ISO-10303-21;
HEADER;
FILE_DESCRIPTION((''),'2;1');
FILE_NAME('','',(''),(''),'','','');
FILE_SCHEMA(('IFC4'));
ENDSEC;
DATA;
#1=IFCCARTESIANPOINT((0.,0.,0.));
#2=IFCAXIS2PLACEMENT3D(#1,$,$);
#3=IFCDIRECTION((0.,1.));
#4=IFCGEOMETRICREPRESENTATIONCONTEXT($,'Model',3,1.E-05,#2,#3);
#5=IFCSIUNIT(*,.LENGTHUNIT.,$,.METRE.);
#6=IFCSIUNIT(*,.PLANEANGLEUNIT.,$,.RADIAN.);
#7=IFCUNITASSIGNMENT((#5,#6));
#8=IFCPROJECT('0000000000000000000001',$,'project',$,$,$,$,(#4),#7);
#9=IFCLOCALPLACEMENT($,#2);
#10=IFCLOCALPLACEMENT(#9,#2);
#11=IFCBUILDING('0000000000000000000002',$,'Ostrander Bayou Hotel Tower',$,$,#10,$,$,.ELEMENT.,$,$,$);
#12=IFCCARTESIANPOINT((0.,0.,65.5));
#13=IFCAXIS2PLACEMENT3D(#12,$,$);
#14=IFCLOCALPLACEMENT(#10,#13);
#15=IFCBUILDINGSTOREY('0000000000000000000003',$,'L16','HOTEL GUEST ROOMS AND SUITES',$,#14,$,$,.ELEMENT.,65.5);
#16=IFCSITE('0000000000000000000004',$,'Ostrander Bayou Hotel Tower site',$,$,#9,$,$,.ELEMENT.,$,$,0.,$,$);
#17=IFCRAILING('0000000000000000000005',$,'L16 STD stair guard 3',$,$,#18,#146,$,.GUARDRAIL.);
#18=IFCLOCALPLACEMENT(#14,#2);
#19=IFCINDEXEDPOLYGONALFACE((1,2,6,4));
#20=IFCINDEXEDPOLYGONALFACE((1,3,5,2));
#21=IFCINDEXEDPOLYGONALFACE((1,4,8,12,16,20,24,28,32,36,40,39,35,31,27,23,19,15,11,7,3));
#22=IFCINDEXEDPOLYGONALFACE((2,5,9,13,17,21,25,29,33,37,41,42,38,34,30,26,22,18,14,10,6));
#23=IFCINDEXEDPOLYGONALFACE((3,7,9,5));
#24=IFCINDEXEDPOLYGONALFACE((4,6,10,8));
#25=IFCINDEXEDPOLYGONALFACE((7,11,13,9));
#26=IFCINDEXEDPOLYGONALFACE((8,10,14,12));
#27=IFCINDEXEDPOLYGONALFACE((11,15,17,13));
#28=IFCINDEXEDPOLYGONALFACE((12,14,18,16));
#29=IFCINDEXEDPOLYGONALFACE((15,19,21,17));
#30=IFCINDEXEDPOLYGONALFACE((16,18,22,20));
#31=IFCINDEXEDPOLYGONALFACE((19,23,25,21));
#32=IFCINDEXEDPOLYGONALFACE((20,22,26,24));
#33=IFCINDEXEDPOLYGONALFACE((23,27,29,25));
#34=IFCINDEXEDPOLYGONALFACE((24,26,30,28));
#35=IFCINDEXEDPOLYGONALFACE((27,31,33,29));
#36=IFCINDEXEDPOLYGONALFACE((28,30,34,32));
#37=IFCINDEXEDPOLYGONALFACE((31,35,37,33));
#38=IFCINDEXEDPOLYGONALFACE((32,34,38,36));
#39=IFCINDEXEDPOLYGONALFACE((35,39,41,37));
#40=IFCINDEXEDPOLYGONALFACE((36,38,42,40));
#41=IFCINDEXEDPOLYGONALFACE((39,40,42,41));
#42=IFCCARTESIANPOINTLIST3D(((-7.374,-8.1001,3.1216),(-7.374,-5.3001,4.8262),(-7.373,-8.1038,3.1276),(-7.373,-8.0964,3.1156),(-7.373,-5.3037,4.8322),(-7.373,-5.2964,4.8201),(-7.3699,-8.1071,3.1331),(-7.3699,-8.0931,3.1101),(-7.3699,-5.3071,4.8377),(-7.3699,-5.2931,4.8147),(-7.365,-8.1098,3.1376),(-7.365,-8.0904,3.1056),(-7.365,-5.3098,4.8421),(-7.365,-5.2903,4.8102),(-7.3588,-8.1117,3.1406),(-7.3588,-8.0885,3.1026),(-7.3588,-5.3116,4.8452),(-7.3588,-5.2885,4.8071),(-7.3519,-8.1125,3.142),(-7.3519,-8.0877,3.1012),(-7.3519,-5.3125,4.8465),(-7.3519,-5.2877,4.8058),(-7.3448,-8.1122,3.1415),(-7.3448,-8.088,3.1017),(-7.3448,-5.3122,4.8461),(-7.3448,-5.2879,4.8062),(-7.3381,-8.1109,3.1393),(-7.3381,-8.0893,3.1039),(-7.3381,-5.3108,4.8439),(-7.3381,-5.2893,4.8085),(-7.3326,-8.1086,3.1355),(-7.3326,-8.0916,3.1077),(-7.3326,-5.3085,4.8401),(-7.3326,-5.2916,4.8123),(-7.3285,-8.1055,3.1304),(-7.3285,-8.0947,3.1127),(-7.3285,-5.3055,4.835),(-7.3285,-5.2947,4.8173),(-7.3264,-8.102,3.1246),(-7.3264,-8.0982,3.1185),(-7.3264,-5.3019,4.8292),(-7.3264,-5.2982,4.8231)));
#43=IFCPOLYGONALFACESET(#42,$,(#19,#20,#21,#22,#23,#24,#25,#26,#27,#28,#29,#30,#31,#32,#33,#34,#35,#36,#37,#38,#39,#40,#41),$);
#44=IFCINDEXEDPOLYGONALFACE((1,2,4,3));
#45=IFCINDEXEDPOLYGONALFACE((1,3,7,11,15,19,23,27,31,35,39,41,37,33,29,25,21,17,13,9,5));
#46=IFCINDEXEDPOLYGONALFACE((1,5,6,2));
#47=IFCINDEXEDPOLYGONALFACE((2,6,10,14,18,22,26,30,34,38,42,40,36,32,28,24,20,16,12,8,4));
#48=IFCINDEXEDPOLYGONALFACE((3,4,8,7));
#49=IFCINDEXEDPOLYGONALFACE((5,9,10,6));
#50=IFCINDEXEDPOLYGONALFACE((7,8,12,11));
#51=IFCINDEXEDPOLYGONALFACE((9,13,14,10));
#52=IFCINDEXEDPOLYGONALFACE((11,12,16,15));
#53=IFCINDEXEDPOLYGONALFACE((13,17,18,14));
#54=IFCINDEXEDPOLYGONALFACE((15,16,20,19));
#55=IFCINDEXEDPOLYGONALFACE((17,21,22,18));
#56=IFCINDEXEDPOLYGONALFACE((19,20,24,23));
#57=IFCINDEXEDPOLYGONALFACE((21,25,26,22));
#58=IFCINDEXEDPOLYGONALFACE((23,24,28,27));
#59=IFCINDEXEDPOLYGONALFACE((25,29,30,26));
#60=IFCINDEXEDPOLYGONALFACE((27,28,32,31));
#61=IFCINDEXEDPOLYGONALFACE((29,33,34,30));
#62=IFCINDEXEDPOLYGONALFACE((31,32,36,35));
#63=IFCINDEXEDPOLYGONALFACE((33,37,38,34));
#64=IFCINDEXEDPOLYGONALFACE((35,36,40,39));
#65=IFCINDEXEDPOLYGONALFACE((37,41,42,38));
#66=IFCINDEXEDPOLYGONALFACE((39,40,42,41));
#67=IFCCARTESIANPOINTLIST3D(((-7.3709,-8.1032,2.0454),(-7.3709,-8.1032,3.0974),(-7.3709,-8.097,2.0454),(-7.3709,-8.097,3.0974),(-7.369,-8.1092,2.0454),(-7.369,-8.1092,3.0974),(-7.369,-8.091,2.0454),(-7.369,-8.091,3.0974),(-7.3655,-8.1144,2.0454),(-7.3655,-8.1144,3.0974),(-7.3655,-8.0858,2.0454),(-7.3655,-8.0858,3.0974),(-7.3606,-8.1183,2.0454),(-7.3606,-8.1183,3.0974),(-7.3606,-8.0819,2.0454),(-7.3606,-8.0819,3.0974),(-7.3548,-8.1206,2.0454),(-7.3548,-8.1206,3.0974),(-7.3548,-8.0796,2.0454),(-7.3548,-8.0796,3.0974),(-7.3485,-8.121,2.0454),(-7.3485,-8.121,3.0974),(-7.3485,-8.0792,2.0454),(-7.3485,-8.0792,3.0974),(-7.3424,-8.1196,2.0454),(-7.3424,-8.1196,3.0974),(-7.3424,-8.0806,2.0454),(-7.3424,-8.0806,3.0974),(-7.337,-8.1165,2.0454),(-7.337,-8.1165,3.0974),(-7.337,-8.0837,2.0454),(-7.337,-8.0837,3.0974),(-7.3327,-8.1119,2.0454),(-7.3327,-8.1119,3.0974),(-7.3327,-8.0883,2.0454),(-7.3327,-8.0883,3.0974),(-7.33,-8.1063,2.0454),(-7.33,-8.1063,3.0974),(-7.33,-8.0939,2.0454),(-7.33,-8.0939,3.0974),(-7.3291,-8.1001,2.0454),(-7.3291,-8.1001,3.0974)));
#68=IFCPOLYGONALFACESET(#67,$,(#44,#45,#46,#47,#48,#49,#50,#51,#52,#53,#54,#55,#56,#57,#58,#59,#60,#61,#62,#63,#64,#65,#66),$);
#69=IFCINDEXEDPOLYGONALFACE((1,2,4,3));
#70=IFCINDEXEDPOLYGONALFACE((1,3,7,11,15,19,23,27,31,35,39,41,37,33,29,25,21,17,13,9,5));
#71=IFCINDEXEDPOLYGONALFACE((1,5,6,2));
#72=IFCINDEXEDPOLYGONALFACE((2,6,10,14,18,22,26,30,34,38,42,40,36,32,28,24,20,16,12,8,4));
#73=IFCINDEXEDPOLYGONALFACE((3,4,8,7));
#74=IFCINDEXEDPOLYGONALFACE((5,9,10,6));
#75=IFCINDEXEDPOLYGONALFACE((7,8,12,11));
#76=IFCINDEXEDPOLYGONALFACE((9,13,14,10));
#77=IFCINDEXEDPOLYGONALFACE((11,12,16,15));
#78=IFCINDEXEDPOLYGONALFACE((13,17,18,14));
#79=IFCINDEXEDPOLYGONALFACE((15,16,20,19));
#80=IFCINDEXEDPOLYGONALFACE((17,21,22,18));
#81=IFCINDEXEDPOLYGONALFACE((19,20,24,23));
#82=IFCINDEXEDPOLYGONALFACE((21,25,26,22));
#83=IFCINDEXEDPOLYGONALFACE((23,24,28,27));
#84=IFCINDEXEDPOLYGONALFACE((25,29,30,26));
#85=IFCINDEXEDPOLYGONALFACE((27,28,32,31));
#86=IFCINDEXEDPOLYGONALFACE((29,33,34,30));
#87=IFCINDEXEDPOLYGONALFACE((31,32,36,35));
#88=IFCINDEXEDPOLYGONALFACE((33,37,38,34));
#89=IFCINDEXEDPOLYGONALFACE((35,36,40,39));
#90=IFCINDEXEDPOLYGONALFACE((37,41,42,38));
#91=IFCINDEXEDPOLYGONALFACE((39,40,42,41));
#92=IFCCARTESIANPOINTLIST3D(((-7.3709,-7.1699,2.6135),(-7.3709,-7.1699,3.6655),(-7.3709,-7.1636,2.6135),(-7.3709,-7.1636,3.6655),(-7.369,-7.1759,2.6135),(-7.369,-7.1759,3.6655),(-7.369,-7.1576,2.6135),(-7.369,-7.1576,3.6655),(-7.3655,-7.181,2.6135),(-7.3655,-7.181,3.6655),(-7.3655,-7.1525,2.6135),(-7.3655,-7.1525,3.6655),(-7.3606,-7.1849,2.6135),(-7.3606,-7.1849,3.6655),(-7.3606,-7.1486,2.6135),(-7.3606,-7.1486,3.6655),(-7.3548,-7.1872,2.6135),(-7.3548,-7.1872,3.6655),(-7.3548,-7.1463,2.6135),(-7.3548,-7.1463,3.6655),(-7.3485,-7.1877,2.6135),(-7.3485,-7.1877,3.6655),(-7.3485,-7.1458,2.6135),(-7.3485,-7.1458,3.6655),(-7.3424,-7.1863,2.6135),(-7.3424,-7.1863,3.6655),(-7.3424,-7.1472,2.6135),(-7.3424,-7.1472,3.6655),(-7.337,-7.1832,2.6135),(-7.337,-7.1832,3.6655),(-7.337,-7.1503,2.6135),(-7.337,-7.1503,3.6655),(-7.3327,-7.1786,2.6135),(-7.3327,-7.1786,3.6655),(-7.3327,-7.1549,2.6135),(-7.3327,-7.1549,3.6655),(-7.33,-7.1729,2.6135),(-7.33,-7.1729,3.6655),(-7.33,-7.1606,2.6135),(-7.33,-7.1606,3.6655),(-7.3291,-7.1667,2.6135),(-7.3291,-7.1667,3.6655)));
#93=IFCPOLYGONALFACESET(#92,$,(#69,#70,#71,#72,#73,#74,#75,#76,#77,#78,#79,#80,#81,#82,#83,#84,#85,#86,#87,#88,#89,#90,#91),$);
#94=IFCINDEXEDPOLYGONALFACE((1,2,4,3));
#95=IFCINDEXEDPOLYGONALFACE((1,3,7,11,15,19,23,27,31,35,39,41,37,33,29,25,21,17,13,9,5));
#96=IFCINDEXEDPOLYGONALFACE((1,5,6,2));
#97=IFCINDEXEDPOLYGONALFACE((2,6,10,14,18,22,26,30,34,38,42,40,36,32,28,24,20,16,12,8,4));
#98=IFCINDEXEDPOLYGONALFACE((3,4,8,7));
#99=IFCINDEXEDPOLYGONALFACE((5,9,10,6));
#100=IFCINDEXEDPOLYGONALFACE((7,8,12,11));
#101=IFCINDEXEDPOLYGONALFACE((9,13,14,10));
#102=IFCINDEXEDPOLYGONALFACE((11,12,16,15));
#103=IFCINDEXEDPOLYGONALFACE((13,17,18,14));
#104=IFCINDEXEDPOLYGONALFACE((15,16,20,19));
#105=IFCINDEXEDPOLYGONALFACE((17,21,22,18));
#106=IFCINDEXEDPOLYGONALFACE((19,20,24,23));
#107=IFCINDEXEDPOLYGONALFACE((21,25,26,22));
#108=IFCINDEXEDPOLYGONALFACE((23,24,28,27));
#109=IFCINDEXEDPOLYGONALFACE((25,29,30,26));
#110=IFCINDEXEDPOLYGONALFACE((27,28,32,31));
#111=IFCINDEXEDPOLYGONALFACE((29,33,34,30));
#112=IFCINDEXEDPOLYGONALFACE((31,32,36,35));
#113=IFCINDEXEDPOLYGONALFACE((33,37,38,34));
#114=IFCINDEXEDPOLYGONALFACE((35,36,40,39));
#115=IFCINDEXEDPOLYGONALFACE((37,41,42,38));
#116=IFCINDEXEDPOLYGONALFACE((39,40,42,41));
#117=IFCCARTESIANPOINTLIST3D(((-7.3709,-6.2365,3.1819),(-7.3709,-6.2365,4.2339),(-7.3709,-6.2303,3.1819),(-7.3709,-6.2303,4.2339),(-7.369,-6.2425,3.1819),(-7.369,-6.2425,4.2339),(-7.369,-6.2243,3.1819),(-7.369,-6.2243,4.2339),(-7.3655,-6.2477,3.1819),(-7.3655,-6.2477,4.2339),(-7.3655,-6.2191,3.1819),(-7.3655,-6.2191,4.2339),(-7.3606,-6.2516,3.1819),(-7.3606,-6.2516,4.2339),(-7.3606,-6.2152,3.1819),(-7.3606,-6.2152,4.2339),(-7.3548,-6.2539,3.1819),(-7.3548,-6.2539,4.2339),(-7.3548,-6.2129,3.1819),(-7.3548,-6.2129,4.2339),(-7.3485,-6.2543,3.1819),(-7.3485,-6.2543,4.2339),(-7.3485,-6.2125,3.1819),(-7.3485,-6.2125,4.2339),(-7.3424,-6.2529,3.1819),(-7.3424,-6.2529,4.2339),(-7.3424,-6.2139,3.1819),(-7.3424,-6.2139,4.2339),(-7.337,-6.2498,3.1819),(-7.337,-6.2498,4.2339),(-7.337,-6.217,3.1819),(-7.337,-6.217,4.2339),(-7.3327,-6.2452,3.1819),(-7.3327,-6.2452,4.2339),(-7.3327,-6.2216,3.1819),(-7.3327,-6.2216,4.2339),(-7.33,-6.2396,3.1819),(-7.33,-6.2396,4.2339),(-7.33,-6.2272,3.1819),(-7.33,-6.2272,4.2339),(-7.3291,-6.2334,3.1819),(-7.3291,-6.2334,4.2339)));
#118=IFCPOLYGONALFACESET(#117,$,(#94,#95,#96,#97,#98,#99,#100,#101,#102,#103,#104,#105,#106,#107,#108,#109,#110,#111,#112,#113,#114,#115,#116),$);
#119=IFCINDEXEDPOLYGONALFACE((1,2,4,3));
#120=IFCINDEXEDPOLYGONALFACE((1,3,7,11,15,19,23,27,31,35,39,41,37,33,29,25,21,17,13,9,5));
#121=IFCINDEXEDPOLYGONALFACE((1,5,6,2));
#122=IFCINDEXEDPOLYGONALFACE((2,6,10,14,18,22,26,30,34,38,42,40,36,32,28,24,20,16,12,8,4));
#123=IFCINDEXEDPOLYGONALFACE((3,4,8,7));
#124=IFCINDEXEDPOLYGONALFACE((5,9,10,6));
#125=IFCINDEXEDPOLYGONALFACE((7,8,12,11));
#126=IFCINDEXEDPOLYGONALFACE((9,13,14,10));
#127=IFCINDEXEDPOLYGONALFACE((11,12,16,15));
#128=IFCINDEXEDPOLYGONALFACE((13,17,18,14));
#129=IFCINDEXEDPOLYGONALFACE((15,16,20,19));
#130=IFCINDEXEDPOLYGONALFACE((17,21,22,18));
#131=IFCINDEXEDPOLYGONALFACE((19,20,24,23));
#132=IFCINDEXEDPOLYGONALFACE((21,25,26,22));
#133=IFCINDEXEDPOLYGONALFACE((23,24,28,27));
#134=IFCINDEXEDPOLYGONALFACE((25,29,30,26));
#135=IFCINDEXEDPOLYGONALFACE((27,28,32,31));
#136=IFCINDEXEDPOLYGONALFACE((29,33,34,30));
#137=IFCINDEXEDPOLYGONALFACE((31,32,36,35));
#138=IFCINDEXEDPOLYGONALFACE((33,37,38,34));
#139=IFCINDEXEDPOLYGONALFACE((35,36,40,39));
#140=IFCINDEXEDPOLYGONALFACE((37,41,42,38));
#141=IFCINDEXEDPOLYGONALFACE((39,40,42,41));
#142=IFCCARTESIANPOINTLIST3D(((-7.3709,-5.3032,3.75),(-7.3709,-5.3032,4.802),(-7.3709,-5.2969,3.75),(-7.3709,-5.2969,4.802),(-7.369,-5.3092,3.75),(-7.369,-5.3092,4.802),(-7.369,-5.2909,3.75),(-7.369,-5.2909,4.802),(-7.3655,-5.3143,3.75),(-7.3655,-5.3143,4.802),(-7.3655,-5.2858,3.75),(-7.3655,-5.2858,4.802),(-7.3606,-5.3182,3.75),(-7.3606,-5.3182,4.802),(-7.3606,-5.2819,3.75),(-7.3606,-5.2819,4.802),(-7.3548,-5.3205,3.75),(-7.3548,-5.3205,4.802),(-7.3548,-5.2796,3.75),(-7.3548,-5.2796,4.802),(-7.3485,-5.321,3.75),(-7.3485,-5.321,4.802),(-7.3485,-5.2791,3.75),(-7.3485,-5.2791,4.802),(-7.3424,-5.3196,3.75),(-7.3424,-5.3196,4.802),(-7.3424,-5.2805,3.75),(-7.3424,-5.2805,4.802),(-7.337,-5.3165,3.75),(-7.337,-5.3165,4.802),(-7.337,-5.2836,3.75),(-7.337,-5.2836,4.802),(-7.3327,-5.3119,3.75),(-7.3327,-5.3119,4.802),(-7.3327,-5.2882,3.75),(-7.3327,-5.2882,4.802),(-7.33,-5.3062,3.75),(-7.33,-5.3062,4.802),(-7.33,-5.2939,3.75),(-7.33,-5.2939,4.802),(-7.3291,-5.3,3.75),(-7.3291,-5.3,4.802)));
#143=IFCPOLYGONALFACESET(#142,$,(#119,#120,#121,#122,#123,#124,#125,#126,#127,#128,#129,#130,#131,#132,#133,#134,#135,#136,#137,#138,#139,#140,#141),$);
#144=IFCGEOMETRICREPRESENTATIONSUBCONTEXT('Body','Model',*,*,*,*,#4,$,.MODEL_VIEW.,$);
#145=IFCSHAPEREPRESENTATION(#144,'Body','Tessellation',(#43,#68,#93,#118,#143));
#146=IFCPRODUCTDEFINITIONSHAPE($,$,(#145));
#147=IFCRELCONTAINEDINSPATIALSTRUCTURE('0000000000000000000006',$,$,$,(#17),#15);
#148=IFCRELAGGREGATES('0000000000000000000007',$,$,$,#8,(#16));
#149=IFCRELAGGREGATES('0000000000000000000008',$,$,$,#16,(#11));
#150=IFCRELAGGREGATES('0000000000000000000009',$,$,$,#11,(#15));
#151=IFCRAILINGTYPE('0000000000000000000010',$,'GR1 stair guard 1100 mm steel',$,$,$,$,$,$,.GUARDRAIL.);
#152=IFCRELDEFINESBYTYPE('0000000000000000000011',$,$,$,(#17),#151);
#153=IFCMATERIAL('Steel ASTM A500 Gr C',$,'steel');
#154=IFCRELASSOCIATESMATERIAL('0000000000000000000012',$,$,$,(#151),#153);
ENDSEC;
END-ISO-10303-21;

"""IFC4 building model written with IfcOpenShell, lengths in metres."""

from ifc_helpers import new_model, si_unit, direction, frame, origin, origin_2d, place, context, subcontext, project, spatial, circle, extrude, material, type_object, element, save


model = new_model("IFC4")

# Units and contexts
model_context = context("Model", 3, precision=1e-05, world=origin(), true_north=direction((0.0, 1.0)))
body_context = subcontext(model_context, "Body", "Model", "MODEL_VIEW")
ifc_project = project(units=[si_unit("LENGTHUNIT", "METRE"), si_unit("PLANEANGLEUNIT", "RADIAN")], contexts=[model_context])

# Site, building, storey
site_placement = place(None, origin())
site = spatial("IfcSite", under=ifc_project, at=site_placement, Name="Ostrander Bayou Hotel Tower site", CompositionType="ELEMENT", RefElevation=0.0)
building_placement = place(site_placement, origin())
building = spatial("IfcBuilding", under=site, at=building_placement, Name="Ostrander Bayou Hotel Tower", CompositionType="ELEMENT")
storey_placement = place(building_placement, frame((0.0, 0.0, 65.5)))
storey = spatial("IfcBuildingStorey", under=building, at=storey_placement, Name="L16", Description="HOTEL GUEST ROOMS AND SUITES", CompositionType="ELEMENT", Elevation=65.5)

# Railing
ifc_material_1 = material(Name="Steel ASTM A500 Gr C", Category="steel")
railing_type_1 = type_object("IfcRailingType", Name="GR1 stair guard 1100 mm steel", PredefinedType="GUARDRAIL", material=ifc_material_1)
railing_1_placement = place(storey_placement, frame((-7.3501, -8.1001, 2.0454)))
element("IfcRailing", 1, at=railing_1_placement, inside=storey, type_object=railing_type_1, Name="L16 STD stair guard 3", PredefinedType="GUARDRAIL", context=body_context, shape_type="SweptSolid", body=[
    extrude(circle(Radius=0.0239, at=origin_2d()), frame((0.0, 0.0, 1.0762), z_axis=(0.0, 0.85417, 0.519994), x_axis=(-1.0, 0.0, 0.0)), (0.0, 0.0, 1.0), 3.2781),
    extrude(circle(Radius=0.021, at=origin_2d()), origin(), (0.0, 0.0, 1.0), 1.052),
    extrude(circle(Radius=0.021, at=origin_2d()), frame((0.0, 0.9333, 0.5681)), (0.0, 0.0, 1.0), 1.052),
    extrude(circle(Radius=0.021, at=origin_2d()), frame((0.0, 1.8667, 1.1365)), (0.0, 0.0, 1.0), 1.052),
    extrude(circle(Radius=0.021, at=origin_2d()), frame((0.0, 2.8, 1.7046)), (0.0, 0.0, 1.0), 1.052),
])

save(model, "model.ifc")
